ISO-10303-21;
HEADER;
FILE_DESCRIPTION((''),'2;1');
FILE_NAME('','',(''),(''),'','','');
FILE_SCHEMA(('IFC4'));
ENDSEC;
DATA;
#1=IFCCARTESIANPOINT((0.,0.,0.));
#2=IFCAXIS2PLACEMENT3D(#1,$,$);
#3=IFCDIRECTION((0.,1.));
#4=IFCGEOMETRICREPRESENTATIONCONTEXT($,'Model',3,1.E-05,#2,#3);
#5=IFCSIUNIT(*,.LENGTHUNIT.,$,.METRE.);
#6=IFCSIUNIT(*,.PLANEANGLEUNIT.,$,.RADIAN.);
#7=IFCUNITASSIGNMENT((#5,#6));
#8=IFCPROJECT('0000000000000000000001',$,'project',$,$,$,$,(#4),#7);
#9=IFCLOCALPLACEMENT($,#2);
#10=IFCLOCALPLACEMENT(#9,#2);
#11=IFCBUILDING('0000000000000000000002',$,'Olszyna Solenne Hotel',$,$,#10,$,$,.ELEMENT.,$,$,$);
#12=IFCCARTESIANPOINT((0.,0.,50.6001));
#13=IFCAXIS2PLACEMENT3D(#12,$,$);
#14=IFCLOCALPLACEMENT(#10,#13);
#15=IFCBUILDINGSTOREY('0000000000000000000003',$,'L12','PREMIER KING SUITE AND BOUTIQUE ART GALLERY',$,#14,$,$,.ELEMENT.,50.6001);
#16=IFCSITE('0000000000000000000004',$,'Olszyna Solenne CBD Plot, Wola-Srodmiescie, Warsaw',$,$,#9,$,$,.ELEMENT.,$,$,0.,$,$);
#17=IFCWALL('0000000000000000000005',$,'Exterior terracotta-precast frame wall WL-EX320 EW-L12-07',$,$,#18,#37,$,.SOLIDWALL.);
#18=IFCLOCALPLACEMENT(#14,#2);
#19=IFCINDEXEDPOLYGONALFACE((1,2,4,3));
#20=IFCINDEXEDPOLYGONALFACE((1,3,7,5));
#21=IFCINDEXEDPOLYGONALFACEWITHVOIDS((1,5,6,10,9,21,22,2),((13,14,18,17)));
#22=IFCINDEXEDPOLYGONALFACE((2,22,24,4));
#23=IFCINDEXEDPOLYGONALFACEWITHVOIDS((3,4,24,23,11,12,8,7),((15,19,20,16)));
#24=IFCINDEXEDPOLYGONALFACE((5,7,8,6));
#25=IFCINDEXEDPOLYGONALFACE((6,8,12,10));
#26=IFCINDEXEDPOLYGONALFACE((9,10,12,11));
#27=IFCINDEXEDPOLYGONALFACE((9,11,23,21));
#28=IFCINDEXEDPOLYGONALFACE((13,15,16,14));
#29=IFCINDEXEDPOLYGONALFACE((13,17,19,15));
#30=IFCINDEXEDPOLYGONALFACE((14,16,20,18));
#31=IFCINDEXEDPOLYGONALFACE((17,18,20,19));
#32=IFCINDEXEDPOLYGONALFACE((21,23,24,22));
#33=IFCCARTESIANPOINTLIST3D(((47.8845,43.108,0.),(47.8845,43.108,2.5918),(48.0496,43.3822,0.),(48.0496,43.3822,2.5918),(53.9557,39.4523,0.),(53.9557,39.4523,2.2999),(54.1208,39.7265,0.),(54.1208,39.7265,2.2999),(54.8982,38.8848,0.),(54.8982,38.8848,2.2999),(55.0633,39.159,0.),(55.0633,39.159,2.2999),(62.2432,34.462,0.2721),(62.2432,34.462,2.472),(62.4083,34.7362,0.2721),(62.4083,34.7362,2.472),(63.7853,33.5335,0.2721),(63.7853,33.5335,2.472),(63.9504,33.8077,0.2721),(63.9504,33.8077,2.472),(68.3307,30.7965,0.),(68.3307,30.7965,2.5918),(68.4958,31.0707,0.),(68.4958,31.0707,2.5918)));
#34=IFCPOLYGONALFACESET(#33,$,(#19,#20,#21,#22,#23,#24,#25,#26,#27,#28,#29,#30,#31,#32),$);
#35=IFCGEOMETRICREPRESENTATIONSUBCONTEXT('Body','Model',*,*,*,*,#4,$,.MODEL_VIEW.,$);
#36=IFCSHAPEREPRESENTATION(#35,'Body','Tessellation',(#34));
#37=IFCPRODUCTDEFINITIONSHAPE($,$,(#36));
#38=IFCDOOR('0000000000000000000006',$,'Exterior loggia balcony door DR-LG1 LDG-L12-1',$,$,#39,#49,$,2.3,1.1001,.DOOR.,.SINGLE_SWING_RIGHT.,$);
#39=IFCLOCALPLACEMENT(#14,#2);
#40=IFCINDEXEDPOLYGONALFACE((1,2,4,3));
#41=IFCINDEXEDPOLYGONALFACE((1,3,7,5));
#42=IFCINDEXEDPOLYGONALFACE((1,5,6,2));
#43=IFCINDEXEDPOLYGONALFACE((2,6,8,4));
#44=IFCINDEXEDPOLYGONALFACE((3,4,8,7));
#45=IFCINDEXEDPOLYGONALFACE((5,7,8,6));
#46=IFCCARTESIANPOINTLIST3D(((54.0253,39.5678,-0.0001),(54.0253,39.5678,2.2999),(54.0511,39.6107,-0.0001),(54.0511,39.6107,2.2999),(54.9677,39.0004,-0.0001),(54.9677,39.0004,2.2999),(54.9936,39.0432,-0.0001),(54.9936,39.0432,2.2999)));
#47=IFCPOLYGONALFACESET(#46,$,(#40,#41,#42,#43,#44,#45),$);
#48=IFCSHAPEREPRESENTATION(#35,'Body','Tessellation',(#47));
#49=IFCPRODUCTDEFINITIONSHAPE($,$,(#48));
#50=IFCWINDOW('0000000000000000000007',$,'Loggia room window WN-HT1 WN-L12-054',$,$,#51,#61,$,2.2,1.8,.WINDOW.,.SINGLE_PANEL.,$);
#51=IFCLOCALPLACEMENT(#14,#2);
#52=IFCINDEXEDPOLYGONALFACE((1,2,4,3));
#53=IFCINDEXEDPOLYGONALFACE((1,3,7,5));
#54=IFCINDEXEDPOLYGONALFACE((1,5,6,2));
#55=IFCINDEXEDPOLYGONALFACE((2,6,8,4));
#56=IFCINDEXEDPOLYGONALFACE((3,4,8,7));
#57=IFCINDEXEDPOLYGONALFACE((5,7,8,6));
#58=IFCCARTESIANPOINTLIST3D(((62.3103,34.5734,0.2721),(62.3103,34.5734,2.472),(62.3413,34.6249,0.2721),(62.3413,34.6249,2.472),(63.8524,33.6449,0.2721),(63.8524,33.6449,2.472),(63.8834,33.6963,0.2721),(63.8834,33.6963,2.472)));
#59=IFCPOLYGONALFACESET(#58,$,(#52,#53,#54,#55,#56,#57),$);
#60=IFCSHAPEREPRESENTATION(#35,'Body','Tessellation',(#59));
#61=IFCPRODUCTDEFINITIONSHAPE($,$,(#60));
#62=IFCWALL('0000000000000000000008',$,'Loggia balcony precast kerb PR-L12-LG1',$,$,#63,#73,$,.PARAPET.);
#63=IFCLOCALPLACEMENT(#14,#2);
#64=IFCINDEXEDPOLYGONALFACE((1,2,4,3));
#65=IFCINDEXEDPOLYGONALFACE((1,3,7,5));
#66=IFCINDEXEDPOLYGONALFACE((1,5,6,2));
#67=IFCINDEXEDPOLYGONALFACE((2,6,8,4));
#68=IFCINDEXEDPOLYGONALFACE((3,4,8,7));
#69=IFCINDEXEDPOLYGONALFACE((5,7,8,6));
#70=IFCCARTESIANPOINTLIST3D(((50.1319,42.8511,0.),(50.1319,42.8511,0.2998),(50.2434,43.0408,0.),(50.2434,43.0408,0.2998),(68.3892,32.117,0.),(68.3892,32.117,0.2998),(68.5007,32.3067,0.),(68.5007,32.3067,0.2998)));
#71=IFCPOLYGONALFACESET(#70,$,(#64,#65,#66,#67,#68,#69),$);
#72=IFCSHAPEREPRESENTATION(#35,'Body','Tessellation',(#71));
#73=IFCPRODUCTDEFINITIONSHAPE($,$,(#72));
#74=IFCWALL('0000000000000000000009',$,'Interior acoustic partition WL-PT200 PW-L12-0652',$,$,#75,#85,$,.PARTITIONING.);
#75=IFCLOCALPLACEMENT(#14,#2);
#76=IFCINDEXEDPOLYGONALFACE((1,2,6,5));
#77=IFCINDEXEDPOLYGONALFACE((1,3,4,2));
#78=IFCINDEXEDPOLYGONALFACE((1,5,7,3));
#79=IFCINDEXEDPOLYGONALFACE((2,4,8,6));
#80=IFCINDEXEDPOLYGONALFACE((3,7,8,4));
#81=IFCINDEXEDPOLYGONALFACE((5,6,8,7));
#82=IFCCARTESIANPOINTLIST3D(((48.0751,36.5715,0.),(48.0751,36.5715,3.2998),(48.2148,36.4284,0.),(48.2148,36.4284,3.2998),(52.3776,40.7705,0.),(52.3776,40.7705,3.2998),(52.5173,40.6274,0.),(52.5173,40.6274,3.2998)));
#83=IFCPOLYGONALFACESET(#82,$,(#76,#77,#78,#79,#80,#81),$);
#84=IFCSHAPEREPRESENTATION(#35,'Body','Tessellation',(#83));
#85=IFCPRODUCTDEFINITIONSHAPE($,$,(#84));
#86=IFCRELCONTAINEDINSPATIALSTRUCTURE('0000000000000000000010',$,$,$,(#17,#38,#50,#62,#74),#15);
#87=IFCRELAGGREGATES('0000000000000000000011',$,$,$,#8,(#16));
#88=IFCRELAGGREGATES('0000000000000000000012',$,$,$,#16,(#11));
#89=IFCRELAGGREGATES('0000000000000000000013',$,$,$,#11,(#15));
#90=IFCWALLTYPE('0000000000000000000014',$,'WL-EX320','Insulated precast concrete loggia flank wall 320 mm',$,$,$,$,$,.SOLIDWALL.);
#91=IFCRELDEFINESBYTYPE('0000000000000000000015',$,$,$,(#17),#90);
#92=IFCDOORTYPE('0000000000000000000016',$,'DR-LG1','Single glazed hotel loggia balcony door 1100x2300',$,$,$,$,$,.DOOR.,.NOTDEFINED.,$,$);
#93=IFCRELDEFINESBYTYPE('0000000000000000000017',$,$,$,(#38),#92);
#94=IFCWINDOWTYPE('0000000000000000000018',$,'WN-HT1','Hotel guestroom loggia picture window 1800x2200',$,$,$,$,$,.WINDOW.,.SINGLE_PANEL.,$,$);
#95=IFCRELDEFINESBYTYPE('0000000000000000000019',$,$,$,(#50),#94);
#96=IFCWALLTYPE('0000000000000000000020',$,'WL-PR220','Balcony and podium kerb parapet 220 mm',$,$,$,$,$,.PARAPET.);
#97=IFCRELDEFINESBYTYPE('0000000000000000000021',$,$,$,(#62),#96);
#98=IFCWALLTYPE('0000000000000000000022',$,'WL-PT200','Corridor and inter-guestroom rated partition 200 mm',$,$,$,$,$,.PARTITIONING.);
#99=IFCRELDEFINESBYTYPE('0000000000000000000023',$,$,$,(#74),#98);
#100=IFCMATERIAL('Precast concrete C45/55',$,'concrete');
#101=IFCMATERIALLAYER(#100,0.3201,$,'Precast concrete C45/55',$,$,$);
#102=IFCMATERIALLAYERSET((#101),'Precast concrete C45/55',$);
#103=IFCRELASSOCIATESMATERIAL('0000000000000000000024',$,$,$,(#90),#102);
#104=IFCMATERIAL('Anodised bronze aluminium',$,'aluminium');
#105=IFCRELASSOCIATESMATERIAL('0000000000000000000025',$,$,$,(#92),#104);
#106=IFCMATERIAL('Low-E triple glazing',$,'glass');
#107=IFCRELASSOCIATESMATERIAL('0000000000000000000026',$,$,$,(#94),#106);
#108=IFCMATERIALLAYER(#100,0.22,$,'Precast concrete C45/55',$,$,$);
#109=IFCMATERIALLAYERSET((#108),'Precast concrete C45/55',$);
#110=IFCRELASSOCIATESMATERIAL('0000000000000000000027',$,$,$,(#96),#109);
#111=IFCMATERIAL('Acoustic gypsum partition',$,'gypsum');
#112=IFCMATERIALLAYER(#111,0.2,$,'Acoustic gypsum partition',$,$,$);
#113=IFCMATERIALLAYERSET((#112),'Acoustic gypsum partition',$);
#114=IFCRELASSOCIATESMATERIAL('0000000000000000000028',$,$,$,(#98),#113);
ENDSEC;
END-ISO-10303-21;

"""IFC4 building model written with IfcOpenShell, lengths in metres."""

from ifc_helpers import new_model, si_unit, direction, frame, frame_2d, origin, place, context, subcontext, project, spatial, rectangle, extrude, source, transform, mapped, material, layer, layer_set, type_object, type_shapes, element, fill, save


model = new_model("IFC4")

# Units and contexts
model_context = context("Model", 3, precision=1e-05, world=origin(), true_north=direction((0.0, 1.0)))
body_context = subcontext(model_context, "Body", "Model", "MODEL_VIEW")
ifc_project = project(units=[si_unit("LENGTHUNIT", "METRE"), si_unit("PLANEANGLEUNIT", "RADIAN")], contexts=[model_context])

# Site, building, storey
site_placement = place(None, origin())
site = spatial("IfcSite", under=ifc_project, at=site_placement, Name="Olszyna Solenne CBD Plot, Wola-Srodmiescie, Warsaw", CompositionType="ELEMENT", RefElevation=0.0)
building_placement = place(site_placement, origin())
building = spatial("IfcBuilding", under=site, at=building_placement, Name="Olszyna Solenne Hotel", CompositionType="ELEMENT")
storey_placement = place(building_placement, frame((0.0, 0.0, 50.6001)))
storey = spatial("IfcBuildingStorey", under=building, at=storey_placement, Name="L12", Description="PREMIER KING SUITE AND BOUTIQUE ART GALLERY", CompositionType="ELEMENT", Elevation=50.6001)

# Shared definitions
ifc_material_1 = material(Name="Anodised bronze aluminium", Category="aluminium")

# Shared definitions
ifc_material_2 = material(Name="Low-E triple glazing", Category="glass")

# Wall, openings, door, window
ifc_material_3 = material(Name="Precast concrete C45/55", Category="concrete")
ifc_layer_1 = layer(ifc_material_3, 0.3201, Name="Precast concrete C45/55")
ifc_layer_set_1 = layer_set([ifc_layer_1], Name="Precast concrete C45/55")
wall_type_1 = type_object("IfcWallType", Name="WL-EX320", Description="Insulated precast concrete loggia flank wall 320 mm", PredefinedType="SOLIDWALL", material=ifc_layer_set_1)
wall_1_placement = place(storey_placement, frame((47.967, 43.2451, 0.0), z_axis=(0.0, 0.0, 1.0), x_axis=(0.856683, -0.515843, 0.0)))
wall_1 = element("IfcWall", 1, at=wall_1_placement, inside=storey, type_object=wall_type_1, Name="Exterior terracotta-precast frame wall WL-EX320 EW-L12-07", PredefinedType="SOLIDWALL", context=body_context, shape_type="SweptSolid", body=[
    extrude(rectangle(XDim=23.8667, YDim=0.3201, at=frame_2d((11.9333, 0.0))), origin(), (0.0, 0.0, 1.0), 2.5918),
])
opening_1_placement = place(wall_1_placement, frame((7.0869, 0.0, 0.0)))
opening_1 = element("IfcOpeningElement", 2, at=opening_1_placement, cuts=wall_1, PredefinedType="OPENING", context=body_context, shape_type="SweptSolid", body=[
    extrude(rectangle(XDim=1.1001, YDim=2.3, at=frame_2d((0.55, 1.1499))), frame((0.0, 0.1699, 0.0), z_axis=(0.0, -1.0, 0.0), x_axis=(1.0, 0.0, 0.0)), (0.0, 0.0, 1.0), 0.3401),
])
opening_2_placement = place(wall_1_placement, frame((16.761, 0.0, 0.272)))
opening_2 = element("IfcOpeningElement", 3, at=opening_2_placement, cuts=wall_1, PredefinedType="OPENING", context=body_context, shape_type="SweptSolid", body=[
    extrude(rectangle(XDim=1.8, YDim=2.2, at=frame_2d((0.8999, 1.1001))), frame((0.0, 0.1699, 0.0), z_axis=(0.0, -1.0, 0.0), x_axis=(1.0, 0.0, 0.0)), (0.0, 0.0, 1.0), 0.3401),
])
door_type_1 = type_object("IfcDoorType", Name="DR-LG1", Description="Single glazed hotel loggia balcony door 1100x2300", OperationType="NOTDEFINED", PredefinedType="DOOR", material=ifc_material_1)
shared_shape_1 = source(origin(), body_context, "Body", "SweptSolid", [
    extrude(rectangle(XDim=1.1001, YDim=2.3, at=frame_2d((0.55, 1.1499))), frame((0.0, 0.0249, 0.0), z_axis=(0.0, -1.0, 0.0), x_axis=(1.0, 0.0, 0.0)), (0.0, 0.0, 1.0), 0.05),
])
type_shapes(door_type_1, [shared_shape_1])
door_1_placement = place(opening_1_placement, origin())
door_1 = element("IfcDoor", 4, at=door_1_placement, inside=storey, type_object=door_type_1, Name="Exterior loggia balcony door DR-LG1 LDG-L12-1", OperationType="SINGLE_SWING_RIGHT", OverallHeight=2.3, OverallWidth=1.1001, PredefinedType="DOOR", context=body_context, shape_type="MappedRepresentation", body=[
    mapped(shared_shape_1, transform((0.0, 0.0, 0.0), x_axis=(1.0, 0.0, 0.0), y_axis=(0.0, 1.0, 0.0), z_axis=(0.0, 0.0, 1.0), scale=1.0)),
])
fill(opening_1, door_1)
window_type = type_object("IfcWindowType", Name="WN-HT1", Description="Hotel guestroom loggia picture window 1800x2200", PartitioningType="SINGLE_PANEL", PredefinedType="WINDOW", material=ifc_material_2)
shared_shape_2 = source(origin(), body_context, "Body", "SweptSolid", [
    extrude(rectangle(XDim=1.8, YDim=2.2, at=frame_2d((0.8999, 1.1001))), frame((0.0, 0.03, 0.0), z_axis=(0.0, -1.0, 0.0), x_axis=(1.0, 0.0, 0.0)), (0.0, 0.0, 1.0), 0.0601),
])
type_shapes(window_type, [shared_shape_2])
window_placement = place(opening_2_placement, origin())
window = element("IfcWindow", 5, at=window_placement, inside=storey, type_object=window_type, Name="Loggia room window WN-HT1 WN-L12-054", OverallHeight=2.2, OverallWidth=1.8, PartitioningType="SINGLE_PANEL", PredefinedType="WINDOW", context=body_context, shape_type="MappedRepresentation", body=[
    mapped(shared_shape_2, transform((0.0, 0.0, 0.0), x_axis=(1.0, 0.0, 0.0), y_axis=(0.0, 1.0, 0.0), z_axis=(0.0, 0.0, 1.0), scale=1.0)),
])
fill(opening_2, window)

# Walls
ifc_layer_2 = layer(ifc_material_3, 0.22, Name="Precast concrete C45/55")
ifc_layer_set_2 = layer_set([ifc_layer_2], Name="Precast concrete C45/55")
wall_type_2 = type_object("IfcWallType", Name="WL-PR220", Description="Balcony and podium kerb parapet 220 mm", PredefinedType="PARAPET", material=ifc_layer_set_2)
wall_2_placement = place(storey_placement, frame((68.4448, 32.2119, 0.0), z_axis=(0.0, 0.0, 1.0), x_axis=(-0.862047, 0.506828, 0.0)))
element("IfcWall", 6, at=wall_2_placement, inside=storey, type_object=wall_type_2, Name="Loggia balcony precast kerb PR-L12-LG1", PredefinedType="PARAPET", context=body_context, shape_type="SweptSolid", body=[
    extrude(rectangle(XDim=21.179, YDim=0.22, at=frame_2d((10.5894, 0.0))), origin(), (0.0, 0.0, 1.0), 0.2998),
])
ifc_material_4 = material(Name="Acoustic gypsum partition", Category="gypsum")
ifc_layer_3 = layer(ifc_material_4, 0.2, Name="Acoustic gypsum partition")
ifc_layer_set_3 = layer_set([ifc_layer_3], Name="Acoustic gypsum partition")
wall_type_3 = type_object("IfcWallType", Name="WL-PT200", Description="Corridor and inter-guestroom rated partition 200 mm", PredefinedType="PARTITIONING", material=ifc_layer_set_3)
wall_3_placement = place(storey_placement, frame((48.145, 36.5, 0.0), z_axis=(0.0, 0.0, 1.0), x_axis=(0.715664, 0.698445, 0.0)))
element("IfcWall", 7, at=wall_3_placement, inside=storey, type_object=wall_type_3, Name="Interior acoustic partition WL-PT200 PW-L12-0652", PredefinedType="PARTITIONING", context=body_context, shape_type="SweptSolid", body=[
    extrude(rectangle(XDim=6.012, YDim=0.2, at=frame_2d((3.0059, 0.0))), origin(), (0.0, 0.0, 1.0), 3.2998),
])

save(model, "model.ifc")
